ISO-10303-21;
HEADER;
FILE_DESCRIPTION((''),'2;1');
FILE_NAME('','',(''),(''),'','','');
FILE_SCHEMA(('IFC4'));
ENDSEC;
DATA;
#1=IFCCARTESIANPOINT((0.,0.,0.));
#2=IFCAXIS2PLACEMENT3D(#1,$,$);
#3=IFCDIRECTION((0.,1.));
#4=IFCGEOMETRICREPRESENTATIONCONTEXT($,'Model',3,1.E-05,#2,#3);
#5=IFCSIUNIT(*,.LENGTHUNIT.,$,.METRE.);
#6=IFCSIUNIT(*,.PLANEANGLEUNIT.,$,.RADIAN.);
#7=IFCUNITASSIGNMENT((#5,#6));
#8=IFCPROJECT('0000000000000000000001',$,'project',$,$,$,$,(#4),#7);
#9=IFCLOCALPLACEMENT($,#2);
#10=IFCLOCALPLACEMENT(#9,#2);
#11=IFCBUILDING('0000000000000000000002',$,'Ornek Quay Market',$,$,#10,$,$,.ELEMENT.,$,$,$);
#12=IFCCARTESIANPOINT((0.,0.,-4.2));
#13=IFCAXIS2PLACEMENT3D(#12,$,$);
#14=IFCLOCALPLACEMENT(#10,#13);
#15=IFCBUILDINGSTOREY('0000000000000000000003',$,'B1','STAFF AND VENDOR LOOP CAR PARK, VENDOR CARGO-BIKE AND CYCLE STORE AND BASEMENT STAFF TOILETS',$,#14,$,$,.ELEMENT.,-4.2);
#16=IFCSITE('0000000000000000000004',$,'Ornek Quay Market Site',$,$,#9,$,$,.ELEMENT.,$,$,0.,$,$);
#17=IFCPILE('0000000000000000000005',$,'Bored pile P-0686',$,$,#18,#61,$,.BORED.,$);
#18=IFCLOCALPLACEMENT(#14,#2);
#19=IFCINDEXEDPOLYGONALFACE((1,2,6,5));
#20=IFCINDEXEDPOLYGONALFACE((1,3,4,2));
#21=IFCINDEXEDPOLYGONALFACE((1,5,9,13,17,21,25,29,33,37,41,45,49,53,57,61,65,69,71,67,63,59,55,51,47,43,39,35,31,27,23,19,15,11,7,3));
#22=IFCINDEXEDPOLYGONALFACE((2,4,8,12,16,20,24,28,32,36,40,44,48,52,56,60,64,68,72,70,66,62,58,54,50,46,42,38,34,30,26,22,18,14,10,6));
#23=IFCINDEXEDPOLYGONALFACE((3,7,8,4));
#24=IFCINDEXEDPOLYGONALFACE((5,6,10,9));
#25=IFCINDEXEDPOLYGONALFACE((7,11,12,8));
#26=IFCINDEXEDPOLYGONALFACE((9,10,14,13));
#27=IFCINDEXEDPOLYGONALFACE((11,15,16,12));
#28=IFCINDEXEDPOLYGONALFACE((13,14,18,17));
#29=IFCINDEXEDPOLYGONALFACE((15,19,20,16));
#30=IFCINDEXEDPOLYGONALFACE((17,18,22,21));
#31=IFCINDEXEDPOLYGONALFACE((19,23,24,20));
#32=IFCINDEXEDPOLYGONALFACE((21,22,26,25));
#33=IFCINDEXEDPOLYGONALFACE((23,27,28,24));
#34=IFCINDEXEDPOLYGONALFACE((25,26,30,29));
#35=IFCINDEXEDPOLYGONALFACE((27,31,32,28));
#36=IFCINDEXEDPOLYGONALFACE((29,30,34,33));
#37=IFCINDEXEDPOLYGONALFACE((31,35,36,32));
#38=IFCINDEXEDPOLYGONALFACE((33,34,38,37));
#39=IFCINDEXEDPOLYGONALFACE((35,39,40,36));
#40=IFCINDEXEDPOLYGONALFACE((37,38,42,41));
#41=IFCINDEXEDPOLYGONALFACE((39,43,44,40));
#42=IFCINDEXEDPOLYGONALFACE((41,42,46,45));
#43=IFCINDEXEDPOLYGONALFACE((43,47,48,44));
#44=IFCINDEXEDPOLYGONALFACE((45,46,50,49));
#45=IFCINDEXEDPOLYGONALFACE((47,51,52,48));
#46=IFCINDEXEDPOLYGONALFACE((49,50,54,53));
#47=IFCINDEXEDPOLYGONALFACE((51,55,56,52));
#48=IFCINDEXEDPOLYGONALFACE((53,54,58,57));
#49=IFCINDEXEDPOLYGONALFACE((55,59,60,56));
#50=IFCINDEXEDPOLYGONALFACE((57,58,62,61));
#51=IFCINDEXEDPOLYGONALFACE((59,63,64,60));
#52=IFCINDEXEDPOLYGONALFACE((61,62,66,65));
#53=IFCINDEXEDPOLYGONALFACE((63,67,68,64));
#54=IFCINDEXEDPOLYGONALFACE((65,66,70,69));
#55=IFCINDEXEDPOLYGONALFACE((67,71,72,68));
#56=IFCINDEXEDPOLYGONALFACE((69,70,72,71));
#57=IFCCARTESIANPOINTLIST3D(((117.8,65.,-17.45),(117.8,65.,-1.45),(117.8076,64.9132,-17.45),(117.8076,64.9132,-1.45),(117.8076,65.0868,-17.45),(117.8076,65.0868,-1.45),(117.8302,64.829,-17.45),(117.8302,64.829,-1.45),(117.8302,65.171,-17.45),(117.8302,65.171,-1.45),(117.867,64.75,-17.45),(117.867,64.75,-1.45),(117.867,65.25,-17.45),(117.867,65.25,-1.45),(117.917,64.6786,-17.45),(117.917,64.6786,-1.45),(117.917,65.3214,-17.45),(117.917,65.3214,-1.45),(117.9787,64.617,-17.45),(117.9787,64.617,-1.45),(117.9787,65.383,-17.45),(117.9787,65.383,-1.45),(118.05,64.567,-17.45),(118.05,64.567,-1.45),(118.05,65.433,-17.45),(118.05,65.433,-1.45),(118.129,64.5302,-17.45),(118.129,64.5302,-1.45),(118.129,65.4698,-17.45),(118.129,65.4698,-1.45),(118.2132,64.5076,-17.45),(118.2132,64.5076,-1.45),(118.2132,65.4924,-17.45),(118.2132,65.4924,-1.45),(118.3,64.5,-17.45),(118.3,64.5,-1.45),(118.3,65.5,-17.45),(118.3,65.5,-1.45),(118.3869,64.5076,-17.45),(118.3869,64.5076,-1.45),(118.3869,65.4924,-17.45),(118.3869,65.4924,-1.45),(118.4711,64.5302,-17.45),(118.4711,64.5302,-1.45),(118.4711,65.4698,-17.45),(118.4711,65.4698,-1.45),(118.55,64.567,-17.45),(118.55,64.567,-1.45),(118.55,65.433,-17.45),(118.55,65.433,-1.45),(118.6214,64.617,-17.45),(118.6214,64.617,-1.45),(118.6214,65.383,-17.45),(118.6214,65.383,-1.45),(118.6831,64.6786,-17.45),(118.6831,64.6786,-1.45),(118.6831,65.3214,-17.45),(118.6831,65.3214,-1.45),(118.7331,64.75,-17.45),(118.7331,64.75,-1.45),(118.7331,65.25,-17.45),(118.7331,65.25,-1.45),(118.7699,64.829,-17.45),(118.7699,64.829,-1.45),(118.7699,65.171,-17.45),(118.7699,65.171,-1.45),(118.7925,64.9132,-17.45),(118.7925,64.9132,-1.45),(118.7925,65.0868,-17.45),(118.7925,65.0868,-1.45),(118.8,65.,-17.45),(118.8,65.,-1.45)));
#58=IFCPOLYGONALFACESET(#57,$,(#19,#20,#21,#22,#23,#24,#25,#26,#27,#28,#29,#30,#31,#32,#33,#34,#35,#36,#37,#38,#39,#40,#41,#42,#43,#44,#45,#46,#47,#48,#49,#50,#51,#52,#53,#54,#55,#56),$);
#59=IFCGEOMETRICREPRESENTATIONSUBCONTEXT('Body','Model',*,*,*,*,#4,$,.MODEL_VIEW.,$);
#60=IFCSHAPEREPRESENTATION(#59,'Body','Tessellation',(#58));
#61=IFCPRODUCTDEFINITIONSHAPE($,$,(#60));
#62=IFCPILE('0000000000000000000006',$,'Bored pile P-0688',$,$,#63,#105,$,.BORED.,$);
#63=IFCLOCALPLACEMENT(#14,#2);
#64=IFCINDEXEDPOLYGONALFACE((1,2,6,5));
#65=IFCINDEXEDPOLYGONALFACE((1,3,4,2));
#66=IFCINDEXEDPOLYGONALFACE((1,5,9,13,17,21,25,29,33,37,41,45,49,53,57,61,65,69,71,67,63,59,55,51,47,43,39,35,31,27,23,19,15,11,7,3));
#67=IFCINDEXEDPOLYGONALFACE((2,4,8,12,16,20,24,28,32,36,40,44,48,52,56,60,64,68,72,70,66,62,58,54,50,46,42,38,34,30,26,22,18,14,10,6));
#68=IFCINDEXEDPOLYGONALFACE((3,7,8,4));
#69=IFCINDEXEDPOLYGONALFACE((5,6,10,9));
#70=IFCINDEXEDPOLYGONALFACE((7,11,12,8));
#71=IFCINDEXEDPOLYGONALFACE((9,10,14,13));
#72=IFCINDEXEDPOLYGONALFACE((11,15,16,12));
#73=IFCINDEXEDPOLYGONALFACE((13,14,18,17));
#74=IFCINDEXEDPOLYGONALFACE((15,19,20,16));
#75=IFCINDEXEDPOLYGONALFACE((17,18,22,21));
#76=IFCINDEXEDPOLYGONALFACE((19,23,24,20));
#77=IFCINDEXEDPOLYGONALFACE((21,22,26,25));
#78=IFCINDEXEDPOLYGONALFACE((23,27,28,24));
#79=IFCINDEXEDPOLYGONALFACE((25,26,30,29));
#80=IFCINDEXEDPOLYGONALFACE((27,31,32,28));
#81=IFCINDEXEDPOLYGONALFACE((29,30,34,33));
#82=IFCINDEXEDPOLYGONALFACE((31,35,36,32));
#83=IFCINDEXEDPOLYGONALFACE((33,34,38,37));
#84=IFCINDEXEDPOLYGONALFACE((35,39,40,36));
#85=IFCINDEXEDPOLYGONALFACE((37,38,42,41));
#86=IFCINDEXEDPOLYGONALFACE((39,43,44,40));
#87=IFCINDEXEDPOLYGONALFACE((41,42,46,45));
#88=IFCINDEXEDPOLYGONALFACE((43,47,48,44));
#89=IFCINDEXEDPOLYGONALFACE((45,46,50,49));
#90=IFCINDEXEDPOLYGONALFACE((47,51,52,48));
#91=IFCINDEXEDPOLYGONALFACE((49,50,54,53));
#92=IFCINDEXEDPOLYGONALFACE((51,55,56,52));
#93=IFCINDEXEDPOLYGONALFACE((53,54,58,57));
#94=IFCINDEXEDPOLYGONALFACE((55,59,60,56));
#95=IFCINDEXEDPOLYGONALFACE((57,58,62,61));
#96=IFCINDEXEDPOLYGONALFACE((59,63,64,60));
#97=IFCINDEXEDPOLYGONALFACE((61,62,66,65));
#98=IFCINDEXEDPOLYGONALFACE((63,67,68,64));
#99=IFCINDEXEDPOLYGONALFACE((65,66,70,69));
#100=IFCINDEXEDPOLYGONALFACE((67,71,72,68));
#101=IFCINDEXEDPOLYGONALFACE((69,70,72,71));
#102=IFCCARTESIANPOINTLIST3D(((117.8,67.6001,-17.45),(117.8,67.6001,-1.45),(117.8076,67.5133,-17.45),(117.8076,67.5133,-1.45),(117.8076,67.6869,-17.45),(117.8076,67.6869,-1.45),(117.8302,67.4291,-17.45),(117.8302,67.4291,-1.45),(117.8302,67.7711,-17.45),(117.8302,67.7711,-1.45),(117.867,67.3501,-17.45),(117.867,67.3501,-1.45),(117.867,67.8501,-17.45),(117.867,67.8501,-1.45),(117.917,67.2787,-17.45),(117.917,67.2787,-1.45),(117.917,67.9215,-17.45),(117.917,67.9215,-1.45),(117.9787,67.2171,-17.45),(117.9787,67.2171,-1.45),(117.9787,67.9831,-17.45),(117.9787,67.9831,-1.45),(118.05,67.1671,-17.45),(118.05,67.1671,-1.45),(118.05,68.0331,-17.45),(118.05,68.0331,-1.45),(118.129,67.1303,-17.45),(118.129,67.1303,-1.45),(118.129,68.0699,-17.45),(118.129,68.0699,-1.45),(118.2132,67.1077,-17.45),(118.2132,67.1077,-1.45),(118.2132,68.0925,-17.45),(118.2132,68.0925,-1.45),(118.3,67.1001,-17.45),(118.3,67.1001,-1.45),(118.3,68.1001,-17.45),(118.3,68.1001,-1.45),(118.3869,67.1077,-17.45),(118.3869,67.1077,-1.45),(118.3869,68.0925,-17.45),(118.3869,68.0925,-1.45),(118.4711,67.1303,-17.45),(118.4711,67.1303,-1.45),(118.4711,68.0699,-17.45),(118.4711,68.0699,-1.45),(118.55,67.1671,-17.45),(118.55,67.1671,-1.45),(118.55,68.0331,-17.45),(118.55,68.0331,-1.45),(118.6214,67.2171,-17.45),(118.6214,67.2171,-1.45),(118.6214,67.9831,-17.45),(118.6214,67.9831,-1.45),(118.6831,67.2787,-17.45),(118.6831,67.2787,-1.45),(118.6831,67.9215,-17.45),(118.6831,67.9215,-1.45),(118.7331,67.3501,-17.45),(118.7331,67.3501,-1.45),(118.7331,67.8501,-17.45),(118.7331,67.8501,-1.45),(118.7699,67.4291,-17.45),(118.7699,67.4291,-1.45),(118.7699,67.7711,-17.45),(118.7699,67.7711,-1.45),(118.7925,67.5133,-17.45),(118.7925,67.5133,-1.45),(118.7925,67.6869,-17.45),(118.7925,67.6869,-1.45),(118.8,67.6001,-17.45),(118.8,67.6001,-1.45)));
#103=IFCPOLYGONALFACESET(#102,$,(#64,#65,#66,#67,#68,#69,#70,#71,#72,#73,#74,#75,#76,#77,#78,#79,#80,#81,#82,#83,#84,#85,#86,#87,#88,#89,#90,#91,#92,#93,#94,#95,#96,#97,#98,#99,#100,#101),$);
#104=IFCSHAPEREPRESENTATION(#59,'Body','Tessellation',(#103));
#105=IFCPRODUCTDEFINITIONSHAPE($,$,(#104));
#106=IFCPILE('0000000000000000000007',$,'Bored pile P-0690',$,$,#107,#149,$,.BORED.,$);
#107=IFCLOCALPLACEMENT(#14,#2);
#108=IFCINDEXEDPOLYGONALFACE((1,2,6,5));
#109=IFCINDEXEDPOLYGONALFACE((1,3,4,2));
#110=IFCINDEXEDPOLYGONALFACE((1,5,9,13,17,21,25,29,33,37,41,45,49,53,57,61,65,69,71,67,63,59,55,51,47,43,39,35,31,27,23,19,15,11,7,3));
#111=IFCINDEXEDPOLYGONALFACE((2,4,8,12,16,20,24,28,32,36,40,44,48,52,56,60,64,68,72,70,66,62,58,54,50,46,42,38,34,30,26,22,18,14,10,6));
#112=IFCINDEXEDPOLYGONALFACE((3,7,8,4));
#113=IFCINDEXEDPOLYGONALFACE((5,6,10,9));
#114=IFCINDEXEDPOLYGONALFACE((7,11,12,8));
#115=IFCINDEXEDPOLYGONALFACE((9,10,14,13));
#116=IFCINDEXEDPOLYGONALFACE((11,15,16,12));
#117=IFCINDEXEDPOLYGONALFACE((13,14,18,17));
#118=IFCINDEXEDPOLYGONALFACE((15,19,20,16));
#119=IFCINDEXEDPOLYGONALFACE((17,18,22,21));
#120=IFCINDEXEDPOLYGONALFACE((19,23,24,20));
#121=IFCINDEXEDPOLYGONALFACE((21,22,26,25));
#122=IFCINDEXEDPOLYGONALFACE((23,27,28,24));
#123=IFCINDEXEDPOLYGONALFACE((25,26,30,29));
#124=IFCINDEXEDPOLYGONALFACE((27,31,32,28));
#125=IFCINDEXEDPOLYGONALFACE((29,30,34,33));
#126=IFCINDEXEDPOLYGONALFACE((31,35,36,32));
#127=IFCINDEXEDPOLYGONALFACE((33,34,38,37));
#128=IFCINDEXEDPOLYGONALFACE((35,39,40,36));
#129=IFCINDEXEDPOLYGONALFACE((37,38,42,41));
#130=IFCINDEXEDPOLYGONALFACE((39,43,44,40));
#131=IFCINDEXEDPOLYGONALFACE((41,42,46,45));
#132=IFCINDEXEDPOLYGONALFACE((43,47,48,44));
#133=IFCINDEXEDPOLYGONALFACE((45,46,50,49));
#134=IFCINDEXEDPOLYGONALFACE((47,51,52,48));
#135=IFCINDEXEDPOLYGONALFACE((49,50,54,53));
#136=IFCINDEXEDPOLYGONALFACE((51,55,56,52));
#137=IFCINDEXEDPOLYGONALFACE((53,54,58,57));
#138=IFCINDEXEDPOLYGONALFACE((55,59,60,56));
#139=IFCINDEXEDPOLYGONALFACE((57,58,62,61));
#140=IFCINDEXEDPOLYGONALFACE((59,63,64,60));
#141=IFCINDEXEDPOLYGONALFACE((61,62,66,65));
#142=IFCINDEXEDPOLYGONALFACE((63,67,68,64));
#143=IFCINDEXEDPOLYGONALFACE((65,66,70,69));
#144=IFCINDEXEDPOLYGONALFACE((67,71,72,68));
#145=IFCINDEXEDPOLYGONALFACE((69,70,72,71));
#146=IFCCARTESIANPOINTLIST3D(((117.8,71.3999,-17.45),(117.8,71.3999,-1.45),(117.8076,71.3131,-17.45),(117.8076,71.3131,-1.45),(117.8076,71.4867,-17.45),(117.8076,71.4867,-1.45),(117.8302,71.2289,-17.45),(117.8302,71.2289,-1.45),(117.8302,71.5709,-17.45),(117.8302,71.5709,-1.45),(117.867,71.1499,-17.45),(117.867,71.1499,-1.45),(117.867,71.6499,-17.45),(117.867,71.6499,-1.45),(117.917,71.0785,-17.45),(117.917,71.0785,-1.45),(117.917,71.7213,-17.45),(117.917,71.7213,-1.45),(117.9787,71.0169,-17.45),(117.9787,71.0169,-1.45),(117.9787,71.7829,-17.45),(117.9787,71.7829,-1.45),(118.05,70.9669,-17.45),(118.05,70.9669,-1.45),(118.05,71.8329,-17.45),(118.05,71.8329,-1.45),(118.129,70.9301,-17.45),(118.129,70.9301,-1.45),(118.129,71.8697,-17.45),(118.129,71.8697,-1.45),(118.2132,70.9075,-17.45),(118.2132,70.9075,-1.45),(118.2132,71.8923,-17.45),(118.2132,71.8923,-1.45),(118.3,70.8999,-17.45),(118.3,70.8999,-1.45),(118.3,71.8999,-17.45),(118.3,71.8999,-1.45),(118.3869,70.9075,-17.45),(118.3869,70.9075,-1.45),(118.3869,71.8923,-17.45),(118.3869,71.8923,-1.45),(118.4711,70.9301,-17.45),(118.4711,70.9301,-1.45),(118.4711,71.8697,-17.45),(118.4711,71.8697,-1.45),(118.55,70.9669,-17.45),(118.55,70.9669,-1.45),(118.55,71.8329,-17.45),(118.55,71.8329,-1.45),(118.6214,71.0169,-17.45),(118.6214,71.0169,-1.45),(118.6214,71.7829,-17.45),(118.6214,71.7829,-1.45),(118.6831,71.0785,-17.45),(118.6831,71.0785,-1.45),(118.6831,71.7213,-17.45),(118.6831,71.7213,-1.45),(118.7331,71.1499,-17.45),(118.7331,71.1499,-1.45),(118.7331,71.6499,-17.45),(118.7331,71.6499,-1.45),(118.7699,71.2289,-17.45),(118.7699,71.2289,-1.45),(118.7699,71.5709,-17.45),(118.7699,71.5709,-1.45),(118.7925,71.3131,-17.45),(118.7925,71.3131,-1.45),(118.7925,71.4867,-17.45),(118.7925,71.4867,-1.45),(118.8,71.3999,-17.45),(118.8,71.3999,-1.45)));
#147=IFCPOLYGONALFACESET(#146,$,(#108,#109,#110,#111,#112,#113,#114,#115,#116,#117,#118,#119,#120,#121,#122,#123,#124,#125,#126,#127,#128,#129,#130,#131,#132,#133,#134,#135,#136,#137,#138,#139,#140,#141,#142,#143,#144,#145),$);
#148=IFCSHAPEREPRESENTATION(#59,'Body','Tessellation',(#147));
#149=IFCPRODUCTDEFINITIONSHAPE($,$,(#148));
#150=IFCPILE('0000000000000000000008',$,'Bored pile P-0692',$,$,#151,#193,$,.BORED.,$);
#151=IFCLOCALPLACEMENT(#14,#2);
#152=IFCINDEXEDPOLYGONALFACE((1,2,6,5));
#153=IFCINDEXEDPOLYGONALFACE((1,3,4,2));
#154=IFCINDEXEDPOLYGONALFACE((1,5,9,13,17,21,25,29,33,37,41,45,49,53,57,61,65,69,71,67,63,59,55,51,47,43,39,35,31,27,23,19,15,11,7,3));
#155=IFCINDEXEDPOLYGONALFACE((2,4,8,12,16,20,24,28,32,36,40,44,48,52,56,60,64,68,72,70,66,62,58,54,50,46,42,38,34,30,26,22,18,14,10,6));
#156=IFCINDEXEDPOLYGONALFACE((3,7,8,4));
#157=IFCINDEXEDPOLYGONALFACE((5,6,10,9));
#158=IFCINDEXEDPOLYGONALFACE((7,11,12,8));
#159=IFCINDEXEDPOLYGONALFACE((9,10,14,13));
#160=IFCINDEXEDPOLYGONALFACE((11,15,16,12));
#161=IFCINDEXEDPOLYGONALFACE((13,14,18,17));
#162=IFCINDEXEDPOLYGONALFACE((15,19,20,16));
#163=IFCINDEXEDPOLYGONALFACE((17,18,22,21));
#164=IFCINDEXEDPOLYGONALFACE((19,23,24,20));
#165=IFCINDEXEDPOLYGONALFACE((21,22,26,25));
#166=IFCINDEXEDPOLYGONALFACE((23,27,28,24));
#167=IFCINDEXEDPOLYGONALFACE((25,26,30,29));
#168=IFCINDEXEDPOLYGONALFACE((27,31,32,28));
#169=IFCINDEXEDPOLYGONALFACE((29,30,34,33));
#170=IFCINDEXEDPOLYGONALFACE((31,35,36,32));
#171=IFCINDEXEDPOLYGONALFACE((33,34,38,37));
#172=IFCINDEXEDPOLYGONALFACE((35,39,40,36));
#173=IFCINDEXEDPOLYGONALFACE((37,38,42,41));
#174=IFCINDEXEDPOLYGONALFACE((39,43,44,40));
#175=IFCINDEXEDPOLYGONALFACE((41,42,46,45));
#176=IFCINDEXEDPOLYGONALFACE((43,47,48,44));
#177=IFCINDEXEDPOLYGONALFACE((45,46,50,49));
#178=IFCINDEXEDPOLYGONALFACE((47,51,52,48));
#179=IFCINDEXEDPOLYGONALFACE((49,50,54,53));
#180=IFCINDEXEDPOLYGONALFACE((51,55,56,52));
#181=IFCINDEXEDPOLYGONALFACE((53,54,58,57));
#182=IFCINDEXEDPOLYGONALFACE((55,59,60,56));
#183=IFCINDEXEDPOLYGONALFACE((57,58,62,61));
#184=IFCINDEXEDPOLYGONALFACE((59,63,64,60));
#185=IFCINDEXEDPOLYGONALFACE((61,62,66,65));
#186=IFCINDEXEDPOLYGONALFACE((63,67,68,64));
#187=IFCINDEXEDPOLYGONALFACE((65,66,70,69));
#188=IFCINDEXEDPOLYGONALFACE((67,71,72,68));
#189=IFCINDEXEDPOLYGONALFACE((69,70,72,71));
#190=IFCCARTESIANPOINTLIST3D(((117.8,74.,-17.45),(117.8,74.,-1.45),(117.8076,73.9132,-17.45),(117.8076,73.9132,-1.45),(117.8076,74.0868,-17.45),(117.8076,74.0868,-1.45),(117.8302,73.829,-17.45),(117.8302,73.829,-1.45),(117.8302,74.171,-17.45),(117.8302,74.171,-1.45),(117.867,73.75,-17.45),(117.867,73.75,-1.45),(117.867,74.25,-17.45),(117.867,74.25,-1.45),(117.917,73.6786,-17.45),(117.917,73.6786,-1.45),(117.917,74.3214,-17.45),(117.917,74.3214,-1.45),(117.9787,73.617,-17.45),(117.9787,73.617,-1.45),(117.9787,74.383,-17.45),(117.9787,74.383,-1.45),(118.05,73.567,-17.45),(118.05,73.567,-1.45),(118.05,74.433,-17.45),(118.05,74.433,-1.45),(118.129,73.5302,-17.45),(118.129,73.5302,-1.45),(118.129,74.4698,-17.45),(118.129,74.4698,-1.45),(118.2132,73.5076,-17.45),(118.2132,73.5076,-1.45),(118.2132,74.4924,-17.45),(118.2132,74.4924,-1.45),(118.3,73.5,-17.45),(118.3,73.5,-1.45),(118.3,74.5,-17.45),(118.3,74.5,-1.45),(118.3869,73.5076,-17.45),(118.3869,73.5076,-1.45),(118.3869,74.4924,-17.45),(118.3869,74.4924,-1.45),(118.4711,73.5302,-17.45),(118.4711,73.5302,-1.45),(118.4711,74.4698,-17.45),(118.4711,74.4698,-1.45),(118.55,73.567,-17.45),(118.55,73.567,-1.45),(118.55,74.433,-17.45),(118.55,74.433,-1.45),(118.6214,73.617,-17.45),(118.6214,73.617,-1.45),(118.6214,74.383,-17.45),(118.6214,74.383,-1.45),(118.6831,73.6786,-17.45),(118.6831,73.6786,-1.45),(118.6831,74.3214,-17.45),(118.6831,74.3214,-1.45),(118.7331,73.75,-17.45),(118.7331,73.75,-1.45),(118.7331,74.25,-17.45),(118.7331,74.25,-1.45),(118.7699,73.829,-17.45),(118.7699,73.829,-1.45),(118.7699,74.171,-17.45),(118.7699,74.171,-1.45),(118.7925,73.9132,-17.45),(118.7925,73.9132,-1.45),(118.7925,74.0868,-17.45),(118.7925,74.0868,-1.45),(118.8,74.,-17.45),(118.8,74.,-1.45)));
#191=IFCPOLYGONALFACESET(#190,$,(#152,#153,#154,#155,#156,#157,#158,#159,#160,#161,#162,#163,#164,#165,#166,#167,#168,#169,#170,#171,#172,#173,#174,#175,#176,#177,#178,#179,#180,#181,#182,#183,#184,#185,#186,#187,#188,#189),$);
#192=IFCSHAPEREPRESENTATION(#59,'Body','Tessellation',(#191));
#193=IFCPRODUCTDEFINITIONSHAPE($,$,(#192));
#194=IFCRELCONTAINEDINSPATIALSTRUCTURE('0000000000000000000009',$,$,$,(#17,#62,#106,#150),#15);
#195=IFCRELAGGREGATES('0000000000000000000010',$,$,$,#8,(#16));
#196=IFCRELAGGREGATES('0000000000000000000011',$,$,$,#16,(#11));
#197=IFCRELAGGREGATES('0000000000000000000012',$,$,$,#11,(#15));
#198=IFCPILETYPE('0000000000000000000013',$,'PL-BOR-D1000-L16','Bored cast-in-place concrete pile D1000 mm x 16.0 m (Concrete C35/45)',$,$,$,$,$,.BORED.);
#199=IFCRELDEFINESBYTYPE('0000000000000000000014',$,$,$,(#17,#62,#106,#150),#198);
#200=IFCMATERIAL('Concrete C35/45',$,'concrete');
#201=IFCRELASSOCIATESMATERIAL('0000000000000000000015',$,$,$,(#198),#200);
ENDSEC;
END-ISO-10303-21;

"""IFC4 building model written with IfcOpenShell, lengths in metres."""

from ifc_helpers import new_model, si_unit, direction, frame, origin, origin_2d, place, context, subcontext, project, spatial, circle, extrude, material, material_profile, profile_set, type_object, element, save


model = new_model("IFC4")

# Units and contexts
model_context = context("Model", 3, precision=1e-05, world=origin(), true_north=direction((0.0, 1.0)))
body_context = subcontext(model_context, "Body", "Model", "MODEL_VIEW")
ifc_project = project(units=[si_unit("LENGTHUNIT", "METRE"), si_unit("PLANEANGLEUNIT", "RADIAN")], contexts=[model_context])

# Site, building, storey
site_placement = place(None, origin())
site = spatial("IfcSite", under=ifc_project, at=site_placement, Name="Ornek Quay Market Site", CompositionType="ELEMENT", RefElevation=0.0)
building_placement = place(site_placement, origin())
building = spatial("IfcBuilding", under=site, at=building_placement, Name="Ornek Quay Market", CompositionType="ELEMENT")
storey_placement = place(building_placement, frame((0.0, 0.0, -4.2)))
storey = spatial("IfcBuildingStorey", under=building, at=storey_placement, Name="B1", Description="STAFF AND VENDOR LOOP CAR PARK, VENDOR CARGO-BIKE AND CYCLE STORE AND BASEMENT STAFF TOILETS", CompositionType="ELEMENT", Elevation=-4.2)

# Piles
ifc_material_1 = material(Name="Concrete C35/45", Category="concrete")
ifc_material_profile_1 = material_profile(ifc_material_1, circle(Radius=0.5, at=origin_2d()), Name="PILE D1000", Category="concrete")
ifc_profile_set_1 = profile_set([ifc_material_profile_1], Name="Concrete C35/45")
pile_type_1 = type_object("IfcPileType", Name="PL-BOR-D1000-L16", Description="Bored cast-in-place concrete pile D1000 mm x 16.0 m (Concrete C35/45)", PredefinedType="BORED", material=ifc_profile_set_1)
for number, where, z_axis, x_axis, name in (
    (1, (118.3, 65.0, -1.45), (0.0, 0.0, -1.0), (1.0, 0.0, 0.0), "Bored pile P-0686"),
    (2, (118.3, 67.6001, -1.45), (0.0, 0.0, -1.0), (1.0, 0.0, 0.0), "Bored pile P-0688"),
    (3, (118.3, 71.3999, -1.45), (0.0, 0.0, -1.0), (1.0, 0.0, 0.0), "Bored pile P-0690"),
    (4, (118.3, 74.0, -1.45), (0.0, 0.0, -1.0), (1.0, 0.0, 0.0), "Bored pile P-0692"),
):
    element("IfcPile", number, at=place(storey_placement, frame(where, z_axis=z_axis, x_axis=x_axis)), inside=storey, type_object=pile_type_1, Name=name, PredefinedType="BORED", context=body_context, shape_type="SweptSolid", body=[
        extrude(circle(Radius=0.5, at=origin_2d()), origin(), (0.0, 0.0, 1.0), 16.0),
    ])

save(model, "model.ifc")
